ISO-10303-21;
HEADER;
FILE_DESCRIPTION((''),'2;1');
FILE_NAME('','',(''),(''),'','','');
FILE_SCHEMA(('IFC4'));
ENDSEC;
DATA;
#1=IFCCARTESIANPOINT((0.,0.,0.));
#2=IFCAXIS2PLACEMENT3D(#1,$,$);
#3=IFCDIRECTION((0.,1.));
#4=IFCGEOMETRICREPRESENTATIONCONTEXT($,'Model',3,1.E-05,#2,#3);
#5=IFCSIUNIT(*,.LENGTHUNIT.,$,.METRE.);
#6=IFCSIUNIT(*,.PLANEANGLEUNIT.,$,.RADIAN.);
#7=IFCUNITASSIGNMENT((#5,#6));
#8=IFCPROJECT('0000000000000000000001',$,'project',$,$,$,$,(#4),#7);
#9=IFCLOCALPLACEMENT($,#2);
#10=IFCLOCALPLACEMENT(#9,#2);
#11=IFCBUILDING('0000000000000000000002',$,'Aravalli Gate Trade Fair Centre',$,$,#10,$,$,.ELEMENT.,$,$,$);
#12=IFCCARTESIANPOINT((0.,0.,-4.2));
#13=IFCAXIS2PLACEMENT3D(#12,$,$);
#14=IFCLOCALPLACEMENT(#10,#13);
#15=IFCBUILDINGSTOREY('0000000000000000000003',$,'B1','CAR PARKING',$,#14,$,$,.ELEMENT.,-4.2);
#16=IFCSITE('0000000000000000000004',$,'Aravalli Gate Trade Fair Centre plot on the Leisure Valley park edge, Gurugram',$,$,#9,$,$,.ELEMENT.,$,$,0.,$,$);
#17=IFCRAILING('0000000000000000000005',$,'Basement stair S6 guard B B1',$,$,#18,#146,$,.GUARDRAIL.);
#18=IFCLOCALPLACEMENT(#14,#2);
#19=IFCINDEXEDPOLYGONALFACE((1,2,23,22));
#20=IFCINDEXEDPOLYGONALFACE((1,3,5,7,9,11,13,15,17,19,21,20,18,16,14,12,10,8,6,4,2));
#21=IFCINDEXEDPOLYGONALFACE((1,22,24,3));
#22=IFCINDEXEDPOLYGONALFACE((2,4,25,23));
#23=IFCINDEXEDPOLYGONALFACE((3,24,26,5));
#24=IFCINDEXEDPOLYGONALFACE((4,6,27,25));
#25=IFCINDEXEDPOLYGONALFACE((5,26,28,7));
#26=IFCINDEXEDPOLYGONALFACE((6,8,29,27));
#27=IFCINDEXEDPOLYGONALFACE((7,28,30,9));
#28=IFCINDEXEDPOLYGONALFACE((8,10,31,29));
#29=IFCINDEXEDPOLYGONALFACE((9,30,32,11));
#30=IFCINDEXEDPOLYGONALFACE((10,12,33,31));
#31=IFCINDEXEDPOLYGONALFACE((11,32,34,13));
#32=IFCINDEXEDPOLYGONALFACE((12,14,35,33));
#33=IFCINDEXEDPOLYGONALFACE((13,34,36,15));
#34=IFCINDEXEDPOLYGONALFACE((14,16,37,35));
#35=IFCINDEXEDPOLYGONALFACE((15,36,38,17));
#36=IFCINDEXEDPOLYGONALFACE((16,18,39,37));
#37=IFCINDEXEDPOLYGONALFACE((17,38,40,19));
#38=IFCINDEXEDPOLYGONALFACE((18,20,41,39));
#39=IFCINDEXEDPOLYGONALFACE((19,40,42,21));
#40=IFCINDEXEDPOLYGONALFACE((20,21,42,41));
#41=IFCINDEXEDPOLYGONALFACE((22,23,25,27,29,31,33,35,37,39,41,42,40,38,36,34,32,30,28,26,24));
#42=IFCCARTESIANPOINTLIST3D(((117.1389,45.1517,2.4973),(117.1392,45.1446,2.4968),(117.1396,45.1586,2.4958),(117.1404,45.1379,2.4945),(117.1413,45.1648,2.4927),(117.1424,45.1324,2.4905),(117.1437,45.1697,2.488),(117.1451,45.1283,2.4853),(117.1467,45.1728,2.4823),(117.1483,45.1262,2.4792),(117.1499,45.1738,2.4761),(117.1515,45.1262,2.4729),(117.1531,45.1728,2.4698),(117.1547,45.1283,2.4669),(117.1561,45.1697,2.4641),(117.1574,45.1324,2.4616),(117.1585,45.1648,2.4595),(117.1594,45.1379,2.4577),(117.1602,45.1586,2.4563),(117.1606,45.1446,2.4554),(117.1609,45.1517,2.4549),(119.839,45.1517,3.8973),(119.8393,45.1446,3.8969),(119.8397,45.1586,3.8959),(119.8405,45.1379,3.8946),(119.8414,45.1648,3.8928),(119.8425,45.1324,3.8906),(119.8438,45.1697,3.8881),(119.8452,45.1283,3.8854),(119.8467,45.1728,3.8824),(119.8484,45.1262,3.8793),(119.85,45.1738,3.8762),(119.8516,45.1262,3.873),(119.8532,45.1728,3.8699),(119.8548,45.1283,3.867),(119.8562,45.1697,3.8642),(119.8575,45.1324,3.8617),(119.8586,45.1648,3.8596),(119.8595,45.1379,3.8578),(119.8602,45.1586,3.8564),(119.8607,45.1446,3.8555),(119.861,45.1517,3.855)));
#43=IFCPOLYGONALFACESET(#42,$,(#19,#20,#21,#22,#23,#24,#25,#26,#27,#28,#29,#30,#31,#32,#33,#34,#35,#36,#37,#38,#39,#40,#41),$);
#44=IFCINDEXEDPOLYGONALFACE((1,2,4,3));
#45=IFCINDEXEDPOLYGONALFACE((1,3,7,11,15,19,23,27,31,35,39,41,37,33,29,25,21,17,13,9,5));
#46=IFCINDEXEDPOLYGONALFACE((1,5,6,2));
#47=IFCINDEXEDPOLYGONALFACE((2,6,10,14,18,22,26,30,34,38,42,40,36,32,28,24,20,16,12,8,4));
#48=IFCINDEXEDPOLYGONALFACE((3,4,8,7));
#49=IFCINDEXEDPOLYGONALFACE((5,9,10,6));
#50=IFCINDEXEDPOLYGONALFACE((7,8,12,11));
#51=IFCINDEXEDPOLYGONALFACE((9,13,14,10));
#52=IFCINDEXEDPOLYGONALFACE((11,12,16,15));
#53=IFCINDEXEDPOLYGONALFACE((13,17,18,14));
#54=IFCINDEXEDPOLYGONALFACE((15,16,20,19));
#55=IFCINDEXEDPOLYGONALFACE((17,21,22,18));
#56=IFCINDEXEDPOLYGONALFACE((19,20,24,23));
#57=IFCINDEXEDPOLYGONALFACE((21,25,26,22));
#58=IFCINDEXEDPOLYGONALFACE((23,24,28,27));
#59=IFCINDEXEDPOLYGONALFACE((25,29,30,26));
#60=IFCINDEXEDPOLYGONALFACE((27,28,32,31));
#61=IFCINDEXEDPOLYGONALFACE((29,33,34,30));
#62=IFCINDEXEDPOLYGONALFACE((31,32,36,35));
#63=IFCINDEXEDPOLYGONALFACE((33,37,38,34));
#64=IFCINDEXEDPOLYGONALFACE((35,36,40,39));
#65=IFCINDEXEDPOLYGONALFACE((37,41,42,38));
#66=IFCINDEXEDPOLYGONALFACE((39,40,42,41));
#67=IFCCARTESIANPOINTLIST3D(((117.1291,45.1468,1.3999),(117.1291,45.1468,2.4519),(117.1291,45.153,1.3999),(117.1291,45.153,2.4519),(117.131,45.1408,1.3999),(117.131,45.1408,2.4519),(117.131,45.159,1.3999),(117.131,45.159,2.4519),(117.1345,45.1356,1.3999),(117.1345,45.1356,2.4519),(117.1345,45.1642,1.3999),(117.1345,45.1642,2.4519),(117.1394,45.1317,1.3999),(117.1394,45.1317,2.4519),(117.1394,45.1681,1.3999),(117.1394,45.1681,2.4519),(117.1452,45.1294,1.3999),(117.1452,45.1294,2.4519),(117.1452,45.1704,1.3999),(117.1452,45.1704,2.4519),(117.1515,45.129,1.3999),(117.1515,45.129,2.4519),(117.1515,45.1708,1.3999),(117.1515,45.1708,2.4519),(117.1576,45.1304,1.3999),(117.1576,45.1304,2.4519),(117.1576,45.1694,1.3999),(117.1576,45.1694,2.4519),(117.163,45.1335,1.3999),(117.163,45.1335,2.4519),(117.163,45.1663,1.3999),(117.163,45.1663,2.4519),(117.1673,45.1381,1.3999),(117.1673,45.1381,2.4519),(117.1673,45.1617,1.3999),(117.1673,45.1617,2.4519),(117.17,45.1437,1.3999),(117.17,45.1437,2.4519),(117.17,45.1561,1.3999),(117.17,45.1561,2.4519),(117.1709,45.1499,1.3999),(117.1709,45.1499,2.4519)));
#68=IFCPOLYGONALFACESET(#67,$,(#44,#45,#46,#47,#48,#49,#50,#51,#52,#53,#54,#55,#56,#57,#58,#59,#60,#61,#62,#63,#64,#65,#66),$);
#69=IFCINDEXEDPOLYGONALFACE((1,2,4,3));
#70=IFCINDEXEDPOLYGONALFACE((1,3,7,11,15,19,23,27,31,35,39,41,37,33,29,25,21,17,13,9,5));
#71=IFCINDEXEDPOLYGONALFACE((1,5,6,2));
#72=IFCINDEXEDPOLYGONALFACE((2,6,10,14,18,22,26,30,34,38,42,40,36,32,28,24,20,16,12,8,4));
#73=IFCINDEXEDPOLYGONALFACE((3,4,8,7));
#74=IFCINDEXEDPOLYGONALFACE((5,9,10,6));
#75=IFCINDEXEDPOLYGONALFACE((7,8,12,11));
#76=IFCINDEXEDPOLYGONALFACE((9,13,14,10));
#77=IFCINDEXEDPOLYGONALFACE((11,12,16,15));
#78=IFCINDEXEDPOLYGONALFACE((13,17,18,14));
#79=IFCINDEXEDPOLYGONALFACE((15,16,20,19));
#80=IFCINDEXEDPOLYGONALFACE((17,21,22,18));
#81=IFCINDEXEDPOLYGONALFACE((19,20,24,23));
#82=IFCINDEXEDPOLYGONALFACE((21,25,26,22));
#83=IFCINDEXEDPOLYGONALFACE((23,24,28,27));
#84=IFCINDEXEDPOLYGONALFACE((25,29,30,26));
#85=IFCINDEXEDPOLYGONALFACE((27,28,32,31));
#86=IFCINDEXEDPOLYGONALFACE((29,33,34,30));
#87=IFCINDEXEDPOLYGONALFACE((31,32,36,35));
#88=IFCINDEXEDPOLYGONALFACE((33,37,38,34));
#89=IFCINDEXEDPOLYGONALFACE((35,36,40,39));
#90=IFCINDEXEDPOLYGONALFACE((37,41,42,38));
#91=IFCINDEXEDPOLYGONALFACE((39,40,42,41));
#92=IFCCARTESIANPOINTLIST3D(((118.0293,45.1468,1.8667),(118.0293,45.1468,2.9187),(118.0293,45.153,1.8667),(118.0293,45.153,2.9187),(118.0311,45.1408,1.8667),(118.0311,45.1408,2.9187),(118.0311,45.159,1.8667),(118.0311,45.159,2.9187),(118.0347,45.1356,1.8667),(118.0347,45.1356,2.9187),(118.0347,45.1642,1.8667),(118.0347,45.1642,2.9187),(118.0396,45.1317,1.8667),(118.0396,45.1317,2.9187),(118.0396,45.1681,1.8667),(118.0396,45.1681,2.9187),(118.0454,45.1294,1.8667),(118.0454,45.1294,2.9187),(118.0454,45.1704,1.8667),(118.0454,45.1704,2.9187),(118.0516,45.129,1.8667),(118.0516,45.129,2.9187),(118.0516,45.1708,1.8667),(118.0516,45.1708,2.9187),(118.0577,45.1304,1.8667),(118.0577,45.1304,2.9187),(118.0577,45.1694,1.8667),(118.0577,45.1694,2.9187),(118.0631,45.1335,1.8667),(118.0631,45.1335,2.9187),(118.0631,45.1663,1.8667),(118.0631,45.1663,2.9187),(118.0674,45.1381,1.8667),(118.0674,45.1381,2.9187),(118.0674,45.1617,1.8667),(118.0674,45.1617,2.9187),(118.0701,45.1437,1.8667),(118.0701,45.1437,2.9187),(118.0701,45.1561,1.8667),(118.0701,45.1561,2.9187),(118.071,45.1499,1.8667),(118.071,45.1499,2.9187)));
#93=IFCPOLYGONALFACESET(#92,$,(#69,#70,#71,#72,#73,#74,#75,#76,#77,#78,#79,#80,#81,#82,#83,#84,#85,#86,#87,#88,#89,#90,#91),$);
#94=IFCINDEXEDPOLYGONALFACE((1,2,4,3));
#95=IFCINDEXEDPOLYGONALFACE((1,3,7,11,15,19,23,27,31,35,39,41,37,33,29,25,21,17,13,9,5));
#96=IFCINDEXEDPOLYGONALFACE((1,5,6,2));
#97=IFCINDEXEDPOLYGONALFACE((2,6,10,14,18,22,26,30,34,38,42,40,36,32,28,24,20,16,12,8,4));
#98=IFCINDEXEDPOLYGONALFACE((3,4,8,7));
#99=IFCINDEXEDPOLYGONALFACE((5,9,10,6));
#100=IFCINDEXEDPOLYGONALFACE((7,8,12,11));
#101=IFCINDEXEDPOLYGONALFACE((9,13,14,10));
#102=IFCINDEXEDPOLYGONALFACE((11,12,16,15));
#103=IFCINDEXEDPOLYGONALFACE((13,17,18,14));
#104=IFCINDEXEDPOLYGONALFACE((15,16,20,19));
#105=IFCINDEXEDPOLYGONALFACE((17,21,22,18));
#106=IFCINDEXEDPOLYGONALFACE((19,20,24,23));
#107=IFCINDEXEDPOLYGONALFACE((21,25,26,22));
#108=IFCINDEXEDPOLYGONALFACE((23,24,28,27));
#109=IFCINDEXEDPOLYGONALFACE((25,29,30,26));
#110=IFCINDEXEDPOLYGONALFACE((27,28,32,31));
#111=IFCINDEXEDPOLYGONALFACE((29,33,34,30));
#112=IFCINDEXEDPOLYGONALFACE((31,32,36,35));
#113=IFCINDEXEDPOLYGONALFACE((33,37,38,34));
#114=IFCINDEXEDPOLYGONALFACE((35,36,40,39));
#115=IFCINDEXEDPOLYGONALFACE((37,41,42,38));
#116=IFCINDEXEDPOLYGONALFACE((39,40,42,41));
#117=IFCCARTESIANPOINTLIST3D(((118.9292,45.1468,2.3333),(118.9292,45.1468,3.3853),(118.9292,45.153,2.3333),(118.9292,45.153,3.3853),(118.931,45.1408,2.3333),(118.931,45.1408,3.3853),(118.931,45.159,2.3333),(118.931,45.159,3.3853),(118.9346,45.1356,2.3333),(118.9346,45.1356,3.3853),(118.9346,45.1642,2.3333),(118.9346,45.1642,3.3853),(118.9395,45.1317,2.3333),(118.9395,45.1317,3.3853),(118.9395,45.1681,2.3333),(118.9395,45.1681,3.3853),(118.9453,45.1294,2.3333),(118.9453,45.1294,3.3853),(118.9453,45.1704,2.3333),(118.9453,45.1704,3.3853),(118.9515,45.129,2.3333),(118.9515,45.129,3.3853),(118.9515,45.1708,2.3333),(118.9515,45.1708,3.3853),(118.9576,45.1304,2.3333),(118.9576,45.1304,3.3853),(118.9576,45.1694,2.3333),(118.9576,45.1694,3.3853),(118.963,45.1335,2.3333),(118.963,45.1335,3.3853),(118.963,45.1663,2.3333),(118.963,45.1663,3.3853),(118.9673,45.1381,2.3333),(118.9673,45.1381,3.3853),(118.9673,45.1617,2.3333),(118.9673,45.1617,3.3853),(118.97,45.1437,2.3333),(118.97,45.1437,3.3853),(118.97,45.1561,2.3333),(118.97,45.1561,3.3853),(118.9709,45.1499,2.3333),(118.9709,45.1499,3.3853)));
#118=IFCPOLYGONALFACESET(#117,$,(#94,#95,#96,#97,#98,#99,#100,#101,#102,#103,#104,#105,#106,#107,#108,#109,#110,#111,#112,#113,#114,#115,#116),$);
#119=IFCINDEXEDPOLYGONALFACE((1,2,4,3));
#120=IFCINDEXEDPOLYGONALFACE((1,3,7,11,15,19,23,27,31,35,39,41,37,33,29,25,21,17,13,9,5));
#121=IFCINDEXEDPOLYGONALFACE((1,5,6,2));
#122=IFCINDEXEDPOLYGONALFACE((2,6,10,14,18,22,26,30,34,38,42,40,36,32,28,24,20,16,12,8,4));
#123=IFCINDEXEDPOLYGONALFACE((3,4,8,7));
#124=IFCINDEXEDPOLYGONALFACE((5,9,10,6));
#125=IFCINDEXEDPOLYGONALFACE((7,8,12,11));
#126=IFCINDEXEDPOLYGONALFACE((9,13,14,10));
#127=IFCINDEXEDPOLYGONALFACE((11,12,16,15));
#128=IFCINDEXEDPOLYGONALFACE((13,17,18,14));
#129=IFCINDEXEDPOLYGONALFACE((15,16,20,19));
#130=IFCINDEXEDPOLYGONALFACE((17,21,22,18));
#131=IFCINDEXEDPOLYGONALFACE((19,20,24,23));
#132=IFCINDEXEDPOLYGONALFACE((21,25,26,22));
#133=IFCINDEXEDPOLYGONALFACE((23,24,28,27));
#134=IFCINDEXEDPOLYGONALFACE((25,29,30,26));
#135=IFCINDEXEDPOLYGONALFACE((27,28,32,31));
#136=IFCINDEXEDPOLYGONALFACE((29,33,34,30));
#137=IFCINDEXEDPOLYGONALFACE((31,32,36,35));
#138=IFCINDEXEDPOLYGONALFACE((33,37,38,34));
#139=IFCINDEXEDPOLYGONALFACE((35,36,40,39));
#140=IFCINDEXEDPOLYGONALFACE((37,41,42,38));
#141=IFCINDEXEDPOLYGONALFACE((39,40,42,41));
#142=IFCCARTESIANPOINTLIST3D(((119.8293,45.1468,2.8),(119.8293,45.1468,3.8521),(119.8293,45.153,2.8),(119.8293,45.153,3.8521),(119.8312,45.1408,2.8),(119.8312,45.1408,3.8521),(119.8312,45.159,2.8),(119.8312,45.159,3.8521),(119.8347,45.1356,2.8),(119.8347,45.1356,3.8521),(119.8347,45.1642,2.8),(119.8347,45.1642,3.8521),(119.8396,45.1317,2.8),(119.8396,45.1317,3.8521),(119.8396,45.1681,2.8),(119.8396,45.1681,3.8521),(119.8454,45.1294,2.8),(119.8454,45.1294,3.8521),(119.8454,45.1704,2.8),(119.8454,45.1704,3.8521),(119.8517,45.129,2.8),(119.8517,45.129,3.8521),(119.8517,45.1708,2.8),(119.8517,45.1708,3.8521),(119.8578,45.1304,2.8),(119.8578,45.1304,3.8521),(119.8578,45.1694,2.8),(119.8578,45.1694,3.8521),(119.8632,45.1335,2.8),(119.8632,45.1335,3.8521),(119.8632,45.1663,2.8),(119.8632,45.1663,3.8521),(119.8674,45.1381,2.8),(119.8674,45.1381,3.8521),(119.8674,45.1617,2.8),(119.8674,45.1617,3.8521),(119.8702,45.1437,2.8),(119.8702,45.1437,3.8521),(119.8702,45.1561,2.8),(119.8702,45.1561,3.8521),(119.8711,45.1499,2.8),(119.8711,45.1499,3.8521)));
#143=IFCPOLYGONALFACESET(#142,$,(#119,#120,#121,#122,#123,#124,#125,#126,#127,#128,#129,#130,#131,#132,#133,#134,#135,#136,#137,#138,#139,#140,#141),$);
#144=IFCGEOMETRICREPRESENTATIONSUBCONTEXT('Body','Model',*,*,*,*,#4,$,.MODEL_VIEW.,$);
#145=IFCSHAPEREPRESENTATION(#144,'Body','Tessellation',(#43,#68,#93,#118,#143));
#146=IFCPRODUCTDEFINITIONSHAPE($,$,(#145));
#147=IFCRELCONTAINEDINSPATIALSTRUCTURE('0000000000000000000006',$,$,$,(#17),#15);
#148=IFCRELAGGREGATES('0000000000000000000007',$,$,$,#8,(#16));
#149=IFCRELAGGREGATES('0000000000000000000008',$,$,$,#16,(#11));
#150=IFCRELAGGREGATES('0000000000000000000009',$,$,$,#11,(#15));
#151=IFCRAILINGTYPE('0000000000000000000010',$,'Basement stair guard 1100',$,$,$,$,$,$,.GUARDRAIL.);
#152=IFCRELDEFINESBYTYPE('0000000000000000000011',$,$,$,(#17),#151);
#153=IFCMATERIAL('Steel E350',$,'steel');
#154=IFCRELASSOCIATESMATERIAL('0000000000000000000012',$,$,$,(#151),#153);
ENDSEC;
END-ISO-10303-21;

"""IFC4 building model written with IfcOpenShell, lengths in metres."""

from ifc_helpers import new_model, si_unit, direction, frame, origin, origin_2d, place, context, subcontext, project, spatial, circle, extrude, material, type_object, element, save


model = new_model("IFC4")

# Units and contexts
model_context = context("Model", 3, precision=1e-05, world=origin(), true_north=direction((0.0, 1.0)))
body_context = subcontext(model_context, "Body", "Model", "MODEL_VIEW")
ifc_project = project(units=[si_unit("LENGTHUNIT", "METRE"), si_unit("PLANEANGLEUNIT", "RADIAN")], contexts=[model_context])

# Site, building, storey
site_placement = place(None, origin())
site = spatial("IfcSite", under=ifc_project, at=site_placement, Name="Aravalli Gate Trade Fair Centre plot on the Leisure Valley park edge, Gurugram", CompositionType="ELEMENT", RefElevation=0.0)
building_placement = place(site_placement, origin())
building = spatial("IfcBuilding", under=site, at=building_placement, Name="Aravalli Gate Trade Fair Centre", CompositionType="ELEMENT")
storey_placement = place(building_placement, frame((0.0, 0.0, -4.2)))
storey = spatial("IfcBuildingStorey", under=building, at=storey_placement, Name="B1", Description="CAR PARKING", CompositionType="ELEMENT", Elevation=-4.2)

# Railing
ifc_material_1 = material(Name="Steel E350", Category="steel")
railing_type_1 = type_object("IfcRailingType", Name="Basement stair guard 1100", PredefinedType="GUARDRAIL", material=ifc_material_1)
railing_1_placement = place(storey_placement, frame((117.1499, 45.1499, 1.3999)))
element("IfcRailing", 1, at=railing_1_placement, inside=storey, type_object=railing_type_1, Name="Basement stair S6 guard B B1", PredefinedType="GUARDRAIL", context=body_context, shape_type="SweptSolid", body=[
    extrude(circle(Radius=0.0239, at=origin_2d()), frame((0.0, 0.0, 1.0762), z_axis=(0.887748, 0.0, 0.460329), x_axis=(0.0, 1.0, 0.0)), (0.0, 0.0, 1.0), 3.0415),
    extrude(circle(Radius=0.021, at=origin_2d()), origin(), (0.0, 0.0, 1.0), 1.052),
    extrude(circle(Radius=0.021, at=origin_2d()), frame((0.9001, 0.0, 0.4668)), (0.0, 0.0, 1.0), 1.052),
    extrude(circle(Radius=0.021, at=origin_2d()), frame((1.8, 0.0, 0.9333)), (0.0, 0.0, 1.0), 1.052),
    extrude(circle(Radius=0.021, at=origin_2d()), frame((2.7002, 0.0, 1.4001)), (0.0, 0.0, 1.0), 1.052),
])

save(model, "model.ifc")
